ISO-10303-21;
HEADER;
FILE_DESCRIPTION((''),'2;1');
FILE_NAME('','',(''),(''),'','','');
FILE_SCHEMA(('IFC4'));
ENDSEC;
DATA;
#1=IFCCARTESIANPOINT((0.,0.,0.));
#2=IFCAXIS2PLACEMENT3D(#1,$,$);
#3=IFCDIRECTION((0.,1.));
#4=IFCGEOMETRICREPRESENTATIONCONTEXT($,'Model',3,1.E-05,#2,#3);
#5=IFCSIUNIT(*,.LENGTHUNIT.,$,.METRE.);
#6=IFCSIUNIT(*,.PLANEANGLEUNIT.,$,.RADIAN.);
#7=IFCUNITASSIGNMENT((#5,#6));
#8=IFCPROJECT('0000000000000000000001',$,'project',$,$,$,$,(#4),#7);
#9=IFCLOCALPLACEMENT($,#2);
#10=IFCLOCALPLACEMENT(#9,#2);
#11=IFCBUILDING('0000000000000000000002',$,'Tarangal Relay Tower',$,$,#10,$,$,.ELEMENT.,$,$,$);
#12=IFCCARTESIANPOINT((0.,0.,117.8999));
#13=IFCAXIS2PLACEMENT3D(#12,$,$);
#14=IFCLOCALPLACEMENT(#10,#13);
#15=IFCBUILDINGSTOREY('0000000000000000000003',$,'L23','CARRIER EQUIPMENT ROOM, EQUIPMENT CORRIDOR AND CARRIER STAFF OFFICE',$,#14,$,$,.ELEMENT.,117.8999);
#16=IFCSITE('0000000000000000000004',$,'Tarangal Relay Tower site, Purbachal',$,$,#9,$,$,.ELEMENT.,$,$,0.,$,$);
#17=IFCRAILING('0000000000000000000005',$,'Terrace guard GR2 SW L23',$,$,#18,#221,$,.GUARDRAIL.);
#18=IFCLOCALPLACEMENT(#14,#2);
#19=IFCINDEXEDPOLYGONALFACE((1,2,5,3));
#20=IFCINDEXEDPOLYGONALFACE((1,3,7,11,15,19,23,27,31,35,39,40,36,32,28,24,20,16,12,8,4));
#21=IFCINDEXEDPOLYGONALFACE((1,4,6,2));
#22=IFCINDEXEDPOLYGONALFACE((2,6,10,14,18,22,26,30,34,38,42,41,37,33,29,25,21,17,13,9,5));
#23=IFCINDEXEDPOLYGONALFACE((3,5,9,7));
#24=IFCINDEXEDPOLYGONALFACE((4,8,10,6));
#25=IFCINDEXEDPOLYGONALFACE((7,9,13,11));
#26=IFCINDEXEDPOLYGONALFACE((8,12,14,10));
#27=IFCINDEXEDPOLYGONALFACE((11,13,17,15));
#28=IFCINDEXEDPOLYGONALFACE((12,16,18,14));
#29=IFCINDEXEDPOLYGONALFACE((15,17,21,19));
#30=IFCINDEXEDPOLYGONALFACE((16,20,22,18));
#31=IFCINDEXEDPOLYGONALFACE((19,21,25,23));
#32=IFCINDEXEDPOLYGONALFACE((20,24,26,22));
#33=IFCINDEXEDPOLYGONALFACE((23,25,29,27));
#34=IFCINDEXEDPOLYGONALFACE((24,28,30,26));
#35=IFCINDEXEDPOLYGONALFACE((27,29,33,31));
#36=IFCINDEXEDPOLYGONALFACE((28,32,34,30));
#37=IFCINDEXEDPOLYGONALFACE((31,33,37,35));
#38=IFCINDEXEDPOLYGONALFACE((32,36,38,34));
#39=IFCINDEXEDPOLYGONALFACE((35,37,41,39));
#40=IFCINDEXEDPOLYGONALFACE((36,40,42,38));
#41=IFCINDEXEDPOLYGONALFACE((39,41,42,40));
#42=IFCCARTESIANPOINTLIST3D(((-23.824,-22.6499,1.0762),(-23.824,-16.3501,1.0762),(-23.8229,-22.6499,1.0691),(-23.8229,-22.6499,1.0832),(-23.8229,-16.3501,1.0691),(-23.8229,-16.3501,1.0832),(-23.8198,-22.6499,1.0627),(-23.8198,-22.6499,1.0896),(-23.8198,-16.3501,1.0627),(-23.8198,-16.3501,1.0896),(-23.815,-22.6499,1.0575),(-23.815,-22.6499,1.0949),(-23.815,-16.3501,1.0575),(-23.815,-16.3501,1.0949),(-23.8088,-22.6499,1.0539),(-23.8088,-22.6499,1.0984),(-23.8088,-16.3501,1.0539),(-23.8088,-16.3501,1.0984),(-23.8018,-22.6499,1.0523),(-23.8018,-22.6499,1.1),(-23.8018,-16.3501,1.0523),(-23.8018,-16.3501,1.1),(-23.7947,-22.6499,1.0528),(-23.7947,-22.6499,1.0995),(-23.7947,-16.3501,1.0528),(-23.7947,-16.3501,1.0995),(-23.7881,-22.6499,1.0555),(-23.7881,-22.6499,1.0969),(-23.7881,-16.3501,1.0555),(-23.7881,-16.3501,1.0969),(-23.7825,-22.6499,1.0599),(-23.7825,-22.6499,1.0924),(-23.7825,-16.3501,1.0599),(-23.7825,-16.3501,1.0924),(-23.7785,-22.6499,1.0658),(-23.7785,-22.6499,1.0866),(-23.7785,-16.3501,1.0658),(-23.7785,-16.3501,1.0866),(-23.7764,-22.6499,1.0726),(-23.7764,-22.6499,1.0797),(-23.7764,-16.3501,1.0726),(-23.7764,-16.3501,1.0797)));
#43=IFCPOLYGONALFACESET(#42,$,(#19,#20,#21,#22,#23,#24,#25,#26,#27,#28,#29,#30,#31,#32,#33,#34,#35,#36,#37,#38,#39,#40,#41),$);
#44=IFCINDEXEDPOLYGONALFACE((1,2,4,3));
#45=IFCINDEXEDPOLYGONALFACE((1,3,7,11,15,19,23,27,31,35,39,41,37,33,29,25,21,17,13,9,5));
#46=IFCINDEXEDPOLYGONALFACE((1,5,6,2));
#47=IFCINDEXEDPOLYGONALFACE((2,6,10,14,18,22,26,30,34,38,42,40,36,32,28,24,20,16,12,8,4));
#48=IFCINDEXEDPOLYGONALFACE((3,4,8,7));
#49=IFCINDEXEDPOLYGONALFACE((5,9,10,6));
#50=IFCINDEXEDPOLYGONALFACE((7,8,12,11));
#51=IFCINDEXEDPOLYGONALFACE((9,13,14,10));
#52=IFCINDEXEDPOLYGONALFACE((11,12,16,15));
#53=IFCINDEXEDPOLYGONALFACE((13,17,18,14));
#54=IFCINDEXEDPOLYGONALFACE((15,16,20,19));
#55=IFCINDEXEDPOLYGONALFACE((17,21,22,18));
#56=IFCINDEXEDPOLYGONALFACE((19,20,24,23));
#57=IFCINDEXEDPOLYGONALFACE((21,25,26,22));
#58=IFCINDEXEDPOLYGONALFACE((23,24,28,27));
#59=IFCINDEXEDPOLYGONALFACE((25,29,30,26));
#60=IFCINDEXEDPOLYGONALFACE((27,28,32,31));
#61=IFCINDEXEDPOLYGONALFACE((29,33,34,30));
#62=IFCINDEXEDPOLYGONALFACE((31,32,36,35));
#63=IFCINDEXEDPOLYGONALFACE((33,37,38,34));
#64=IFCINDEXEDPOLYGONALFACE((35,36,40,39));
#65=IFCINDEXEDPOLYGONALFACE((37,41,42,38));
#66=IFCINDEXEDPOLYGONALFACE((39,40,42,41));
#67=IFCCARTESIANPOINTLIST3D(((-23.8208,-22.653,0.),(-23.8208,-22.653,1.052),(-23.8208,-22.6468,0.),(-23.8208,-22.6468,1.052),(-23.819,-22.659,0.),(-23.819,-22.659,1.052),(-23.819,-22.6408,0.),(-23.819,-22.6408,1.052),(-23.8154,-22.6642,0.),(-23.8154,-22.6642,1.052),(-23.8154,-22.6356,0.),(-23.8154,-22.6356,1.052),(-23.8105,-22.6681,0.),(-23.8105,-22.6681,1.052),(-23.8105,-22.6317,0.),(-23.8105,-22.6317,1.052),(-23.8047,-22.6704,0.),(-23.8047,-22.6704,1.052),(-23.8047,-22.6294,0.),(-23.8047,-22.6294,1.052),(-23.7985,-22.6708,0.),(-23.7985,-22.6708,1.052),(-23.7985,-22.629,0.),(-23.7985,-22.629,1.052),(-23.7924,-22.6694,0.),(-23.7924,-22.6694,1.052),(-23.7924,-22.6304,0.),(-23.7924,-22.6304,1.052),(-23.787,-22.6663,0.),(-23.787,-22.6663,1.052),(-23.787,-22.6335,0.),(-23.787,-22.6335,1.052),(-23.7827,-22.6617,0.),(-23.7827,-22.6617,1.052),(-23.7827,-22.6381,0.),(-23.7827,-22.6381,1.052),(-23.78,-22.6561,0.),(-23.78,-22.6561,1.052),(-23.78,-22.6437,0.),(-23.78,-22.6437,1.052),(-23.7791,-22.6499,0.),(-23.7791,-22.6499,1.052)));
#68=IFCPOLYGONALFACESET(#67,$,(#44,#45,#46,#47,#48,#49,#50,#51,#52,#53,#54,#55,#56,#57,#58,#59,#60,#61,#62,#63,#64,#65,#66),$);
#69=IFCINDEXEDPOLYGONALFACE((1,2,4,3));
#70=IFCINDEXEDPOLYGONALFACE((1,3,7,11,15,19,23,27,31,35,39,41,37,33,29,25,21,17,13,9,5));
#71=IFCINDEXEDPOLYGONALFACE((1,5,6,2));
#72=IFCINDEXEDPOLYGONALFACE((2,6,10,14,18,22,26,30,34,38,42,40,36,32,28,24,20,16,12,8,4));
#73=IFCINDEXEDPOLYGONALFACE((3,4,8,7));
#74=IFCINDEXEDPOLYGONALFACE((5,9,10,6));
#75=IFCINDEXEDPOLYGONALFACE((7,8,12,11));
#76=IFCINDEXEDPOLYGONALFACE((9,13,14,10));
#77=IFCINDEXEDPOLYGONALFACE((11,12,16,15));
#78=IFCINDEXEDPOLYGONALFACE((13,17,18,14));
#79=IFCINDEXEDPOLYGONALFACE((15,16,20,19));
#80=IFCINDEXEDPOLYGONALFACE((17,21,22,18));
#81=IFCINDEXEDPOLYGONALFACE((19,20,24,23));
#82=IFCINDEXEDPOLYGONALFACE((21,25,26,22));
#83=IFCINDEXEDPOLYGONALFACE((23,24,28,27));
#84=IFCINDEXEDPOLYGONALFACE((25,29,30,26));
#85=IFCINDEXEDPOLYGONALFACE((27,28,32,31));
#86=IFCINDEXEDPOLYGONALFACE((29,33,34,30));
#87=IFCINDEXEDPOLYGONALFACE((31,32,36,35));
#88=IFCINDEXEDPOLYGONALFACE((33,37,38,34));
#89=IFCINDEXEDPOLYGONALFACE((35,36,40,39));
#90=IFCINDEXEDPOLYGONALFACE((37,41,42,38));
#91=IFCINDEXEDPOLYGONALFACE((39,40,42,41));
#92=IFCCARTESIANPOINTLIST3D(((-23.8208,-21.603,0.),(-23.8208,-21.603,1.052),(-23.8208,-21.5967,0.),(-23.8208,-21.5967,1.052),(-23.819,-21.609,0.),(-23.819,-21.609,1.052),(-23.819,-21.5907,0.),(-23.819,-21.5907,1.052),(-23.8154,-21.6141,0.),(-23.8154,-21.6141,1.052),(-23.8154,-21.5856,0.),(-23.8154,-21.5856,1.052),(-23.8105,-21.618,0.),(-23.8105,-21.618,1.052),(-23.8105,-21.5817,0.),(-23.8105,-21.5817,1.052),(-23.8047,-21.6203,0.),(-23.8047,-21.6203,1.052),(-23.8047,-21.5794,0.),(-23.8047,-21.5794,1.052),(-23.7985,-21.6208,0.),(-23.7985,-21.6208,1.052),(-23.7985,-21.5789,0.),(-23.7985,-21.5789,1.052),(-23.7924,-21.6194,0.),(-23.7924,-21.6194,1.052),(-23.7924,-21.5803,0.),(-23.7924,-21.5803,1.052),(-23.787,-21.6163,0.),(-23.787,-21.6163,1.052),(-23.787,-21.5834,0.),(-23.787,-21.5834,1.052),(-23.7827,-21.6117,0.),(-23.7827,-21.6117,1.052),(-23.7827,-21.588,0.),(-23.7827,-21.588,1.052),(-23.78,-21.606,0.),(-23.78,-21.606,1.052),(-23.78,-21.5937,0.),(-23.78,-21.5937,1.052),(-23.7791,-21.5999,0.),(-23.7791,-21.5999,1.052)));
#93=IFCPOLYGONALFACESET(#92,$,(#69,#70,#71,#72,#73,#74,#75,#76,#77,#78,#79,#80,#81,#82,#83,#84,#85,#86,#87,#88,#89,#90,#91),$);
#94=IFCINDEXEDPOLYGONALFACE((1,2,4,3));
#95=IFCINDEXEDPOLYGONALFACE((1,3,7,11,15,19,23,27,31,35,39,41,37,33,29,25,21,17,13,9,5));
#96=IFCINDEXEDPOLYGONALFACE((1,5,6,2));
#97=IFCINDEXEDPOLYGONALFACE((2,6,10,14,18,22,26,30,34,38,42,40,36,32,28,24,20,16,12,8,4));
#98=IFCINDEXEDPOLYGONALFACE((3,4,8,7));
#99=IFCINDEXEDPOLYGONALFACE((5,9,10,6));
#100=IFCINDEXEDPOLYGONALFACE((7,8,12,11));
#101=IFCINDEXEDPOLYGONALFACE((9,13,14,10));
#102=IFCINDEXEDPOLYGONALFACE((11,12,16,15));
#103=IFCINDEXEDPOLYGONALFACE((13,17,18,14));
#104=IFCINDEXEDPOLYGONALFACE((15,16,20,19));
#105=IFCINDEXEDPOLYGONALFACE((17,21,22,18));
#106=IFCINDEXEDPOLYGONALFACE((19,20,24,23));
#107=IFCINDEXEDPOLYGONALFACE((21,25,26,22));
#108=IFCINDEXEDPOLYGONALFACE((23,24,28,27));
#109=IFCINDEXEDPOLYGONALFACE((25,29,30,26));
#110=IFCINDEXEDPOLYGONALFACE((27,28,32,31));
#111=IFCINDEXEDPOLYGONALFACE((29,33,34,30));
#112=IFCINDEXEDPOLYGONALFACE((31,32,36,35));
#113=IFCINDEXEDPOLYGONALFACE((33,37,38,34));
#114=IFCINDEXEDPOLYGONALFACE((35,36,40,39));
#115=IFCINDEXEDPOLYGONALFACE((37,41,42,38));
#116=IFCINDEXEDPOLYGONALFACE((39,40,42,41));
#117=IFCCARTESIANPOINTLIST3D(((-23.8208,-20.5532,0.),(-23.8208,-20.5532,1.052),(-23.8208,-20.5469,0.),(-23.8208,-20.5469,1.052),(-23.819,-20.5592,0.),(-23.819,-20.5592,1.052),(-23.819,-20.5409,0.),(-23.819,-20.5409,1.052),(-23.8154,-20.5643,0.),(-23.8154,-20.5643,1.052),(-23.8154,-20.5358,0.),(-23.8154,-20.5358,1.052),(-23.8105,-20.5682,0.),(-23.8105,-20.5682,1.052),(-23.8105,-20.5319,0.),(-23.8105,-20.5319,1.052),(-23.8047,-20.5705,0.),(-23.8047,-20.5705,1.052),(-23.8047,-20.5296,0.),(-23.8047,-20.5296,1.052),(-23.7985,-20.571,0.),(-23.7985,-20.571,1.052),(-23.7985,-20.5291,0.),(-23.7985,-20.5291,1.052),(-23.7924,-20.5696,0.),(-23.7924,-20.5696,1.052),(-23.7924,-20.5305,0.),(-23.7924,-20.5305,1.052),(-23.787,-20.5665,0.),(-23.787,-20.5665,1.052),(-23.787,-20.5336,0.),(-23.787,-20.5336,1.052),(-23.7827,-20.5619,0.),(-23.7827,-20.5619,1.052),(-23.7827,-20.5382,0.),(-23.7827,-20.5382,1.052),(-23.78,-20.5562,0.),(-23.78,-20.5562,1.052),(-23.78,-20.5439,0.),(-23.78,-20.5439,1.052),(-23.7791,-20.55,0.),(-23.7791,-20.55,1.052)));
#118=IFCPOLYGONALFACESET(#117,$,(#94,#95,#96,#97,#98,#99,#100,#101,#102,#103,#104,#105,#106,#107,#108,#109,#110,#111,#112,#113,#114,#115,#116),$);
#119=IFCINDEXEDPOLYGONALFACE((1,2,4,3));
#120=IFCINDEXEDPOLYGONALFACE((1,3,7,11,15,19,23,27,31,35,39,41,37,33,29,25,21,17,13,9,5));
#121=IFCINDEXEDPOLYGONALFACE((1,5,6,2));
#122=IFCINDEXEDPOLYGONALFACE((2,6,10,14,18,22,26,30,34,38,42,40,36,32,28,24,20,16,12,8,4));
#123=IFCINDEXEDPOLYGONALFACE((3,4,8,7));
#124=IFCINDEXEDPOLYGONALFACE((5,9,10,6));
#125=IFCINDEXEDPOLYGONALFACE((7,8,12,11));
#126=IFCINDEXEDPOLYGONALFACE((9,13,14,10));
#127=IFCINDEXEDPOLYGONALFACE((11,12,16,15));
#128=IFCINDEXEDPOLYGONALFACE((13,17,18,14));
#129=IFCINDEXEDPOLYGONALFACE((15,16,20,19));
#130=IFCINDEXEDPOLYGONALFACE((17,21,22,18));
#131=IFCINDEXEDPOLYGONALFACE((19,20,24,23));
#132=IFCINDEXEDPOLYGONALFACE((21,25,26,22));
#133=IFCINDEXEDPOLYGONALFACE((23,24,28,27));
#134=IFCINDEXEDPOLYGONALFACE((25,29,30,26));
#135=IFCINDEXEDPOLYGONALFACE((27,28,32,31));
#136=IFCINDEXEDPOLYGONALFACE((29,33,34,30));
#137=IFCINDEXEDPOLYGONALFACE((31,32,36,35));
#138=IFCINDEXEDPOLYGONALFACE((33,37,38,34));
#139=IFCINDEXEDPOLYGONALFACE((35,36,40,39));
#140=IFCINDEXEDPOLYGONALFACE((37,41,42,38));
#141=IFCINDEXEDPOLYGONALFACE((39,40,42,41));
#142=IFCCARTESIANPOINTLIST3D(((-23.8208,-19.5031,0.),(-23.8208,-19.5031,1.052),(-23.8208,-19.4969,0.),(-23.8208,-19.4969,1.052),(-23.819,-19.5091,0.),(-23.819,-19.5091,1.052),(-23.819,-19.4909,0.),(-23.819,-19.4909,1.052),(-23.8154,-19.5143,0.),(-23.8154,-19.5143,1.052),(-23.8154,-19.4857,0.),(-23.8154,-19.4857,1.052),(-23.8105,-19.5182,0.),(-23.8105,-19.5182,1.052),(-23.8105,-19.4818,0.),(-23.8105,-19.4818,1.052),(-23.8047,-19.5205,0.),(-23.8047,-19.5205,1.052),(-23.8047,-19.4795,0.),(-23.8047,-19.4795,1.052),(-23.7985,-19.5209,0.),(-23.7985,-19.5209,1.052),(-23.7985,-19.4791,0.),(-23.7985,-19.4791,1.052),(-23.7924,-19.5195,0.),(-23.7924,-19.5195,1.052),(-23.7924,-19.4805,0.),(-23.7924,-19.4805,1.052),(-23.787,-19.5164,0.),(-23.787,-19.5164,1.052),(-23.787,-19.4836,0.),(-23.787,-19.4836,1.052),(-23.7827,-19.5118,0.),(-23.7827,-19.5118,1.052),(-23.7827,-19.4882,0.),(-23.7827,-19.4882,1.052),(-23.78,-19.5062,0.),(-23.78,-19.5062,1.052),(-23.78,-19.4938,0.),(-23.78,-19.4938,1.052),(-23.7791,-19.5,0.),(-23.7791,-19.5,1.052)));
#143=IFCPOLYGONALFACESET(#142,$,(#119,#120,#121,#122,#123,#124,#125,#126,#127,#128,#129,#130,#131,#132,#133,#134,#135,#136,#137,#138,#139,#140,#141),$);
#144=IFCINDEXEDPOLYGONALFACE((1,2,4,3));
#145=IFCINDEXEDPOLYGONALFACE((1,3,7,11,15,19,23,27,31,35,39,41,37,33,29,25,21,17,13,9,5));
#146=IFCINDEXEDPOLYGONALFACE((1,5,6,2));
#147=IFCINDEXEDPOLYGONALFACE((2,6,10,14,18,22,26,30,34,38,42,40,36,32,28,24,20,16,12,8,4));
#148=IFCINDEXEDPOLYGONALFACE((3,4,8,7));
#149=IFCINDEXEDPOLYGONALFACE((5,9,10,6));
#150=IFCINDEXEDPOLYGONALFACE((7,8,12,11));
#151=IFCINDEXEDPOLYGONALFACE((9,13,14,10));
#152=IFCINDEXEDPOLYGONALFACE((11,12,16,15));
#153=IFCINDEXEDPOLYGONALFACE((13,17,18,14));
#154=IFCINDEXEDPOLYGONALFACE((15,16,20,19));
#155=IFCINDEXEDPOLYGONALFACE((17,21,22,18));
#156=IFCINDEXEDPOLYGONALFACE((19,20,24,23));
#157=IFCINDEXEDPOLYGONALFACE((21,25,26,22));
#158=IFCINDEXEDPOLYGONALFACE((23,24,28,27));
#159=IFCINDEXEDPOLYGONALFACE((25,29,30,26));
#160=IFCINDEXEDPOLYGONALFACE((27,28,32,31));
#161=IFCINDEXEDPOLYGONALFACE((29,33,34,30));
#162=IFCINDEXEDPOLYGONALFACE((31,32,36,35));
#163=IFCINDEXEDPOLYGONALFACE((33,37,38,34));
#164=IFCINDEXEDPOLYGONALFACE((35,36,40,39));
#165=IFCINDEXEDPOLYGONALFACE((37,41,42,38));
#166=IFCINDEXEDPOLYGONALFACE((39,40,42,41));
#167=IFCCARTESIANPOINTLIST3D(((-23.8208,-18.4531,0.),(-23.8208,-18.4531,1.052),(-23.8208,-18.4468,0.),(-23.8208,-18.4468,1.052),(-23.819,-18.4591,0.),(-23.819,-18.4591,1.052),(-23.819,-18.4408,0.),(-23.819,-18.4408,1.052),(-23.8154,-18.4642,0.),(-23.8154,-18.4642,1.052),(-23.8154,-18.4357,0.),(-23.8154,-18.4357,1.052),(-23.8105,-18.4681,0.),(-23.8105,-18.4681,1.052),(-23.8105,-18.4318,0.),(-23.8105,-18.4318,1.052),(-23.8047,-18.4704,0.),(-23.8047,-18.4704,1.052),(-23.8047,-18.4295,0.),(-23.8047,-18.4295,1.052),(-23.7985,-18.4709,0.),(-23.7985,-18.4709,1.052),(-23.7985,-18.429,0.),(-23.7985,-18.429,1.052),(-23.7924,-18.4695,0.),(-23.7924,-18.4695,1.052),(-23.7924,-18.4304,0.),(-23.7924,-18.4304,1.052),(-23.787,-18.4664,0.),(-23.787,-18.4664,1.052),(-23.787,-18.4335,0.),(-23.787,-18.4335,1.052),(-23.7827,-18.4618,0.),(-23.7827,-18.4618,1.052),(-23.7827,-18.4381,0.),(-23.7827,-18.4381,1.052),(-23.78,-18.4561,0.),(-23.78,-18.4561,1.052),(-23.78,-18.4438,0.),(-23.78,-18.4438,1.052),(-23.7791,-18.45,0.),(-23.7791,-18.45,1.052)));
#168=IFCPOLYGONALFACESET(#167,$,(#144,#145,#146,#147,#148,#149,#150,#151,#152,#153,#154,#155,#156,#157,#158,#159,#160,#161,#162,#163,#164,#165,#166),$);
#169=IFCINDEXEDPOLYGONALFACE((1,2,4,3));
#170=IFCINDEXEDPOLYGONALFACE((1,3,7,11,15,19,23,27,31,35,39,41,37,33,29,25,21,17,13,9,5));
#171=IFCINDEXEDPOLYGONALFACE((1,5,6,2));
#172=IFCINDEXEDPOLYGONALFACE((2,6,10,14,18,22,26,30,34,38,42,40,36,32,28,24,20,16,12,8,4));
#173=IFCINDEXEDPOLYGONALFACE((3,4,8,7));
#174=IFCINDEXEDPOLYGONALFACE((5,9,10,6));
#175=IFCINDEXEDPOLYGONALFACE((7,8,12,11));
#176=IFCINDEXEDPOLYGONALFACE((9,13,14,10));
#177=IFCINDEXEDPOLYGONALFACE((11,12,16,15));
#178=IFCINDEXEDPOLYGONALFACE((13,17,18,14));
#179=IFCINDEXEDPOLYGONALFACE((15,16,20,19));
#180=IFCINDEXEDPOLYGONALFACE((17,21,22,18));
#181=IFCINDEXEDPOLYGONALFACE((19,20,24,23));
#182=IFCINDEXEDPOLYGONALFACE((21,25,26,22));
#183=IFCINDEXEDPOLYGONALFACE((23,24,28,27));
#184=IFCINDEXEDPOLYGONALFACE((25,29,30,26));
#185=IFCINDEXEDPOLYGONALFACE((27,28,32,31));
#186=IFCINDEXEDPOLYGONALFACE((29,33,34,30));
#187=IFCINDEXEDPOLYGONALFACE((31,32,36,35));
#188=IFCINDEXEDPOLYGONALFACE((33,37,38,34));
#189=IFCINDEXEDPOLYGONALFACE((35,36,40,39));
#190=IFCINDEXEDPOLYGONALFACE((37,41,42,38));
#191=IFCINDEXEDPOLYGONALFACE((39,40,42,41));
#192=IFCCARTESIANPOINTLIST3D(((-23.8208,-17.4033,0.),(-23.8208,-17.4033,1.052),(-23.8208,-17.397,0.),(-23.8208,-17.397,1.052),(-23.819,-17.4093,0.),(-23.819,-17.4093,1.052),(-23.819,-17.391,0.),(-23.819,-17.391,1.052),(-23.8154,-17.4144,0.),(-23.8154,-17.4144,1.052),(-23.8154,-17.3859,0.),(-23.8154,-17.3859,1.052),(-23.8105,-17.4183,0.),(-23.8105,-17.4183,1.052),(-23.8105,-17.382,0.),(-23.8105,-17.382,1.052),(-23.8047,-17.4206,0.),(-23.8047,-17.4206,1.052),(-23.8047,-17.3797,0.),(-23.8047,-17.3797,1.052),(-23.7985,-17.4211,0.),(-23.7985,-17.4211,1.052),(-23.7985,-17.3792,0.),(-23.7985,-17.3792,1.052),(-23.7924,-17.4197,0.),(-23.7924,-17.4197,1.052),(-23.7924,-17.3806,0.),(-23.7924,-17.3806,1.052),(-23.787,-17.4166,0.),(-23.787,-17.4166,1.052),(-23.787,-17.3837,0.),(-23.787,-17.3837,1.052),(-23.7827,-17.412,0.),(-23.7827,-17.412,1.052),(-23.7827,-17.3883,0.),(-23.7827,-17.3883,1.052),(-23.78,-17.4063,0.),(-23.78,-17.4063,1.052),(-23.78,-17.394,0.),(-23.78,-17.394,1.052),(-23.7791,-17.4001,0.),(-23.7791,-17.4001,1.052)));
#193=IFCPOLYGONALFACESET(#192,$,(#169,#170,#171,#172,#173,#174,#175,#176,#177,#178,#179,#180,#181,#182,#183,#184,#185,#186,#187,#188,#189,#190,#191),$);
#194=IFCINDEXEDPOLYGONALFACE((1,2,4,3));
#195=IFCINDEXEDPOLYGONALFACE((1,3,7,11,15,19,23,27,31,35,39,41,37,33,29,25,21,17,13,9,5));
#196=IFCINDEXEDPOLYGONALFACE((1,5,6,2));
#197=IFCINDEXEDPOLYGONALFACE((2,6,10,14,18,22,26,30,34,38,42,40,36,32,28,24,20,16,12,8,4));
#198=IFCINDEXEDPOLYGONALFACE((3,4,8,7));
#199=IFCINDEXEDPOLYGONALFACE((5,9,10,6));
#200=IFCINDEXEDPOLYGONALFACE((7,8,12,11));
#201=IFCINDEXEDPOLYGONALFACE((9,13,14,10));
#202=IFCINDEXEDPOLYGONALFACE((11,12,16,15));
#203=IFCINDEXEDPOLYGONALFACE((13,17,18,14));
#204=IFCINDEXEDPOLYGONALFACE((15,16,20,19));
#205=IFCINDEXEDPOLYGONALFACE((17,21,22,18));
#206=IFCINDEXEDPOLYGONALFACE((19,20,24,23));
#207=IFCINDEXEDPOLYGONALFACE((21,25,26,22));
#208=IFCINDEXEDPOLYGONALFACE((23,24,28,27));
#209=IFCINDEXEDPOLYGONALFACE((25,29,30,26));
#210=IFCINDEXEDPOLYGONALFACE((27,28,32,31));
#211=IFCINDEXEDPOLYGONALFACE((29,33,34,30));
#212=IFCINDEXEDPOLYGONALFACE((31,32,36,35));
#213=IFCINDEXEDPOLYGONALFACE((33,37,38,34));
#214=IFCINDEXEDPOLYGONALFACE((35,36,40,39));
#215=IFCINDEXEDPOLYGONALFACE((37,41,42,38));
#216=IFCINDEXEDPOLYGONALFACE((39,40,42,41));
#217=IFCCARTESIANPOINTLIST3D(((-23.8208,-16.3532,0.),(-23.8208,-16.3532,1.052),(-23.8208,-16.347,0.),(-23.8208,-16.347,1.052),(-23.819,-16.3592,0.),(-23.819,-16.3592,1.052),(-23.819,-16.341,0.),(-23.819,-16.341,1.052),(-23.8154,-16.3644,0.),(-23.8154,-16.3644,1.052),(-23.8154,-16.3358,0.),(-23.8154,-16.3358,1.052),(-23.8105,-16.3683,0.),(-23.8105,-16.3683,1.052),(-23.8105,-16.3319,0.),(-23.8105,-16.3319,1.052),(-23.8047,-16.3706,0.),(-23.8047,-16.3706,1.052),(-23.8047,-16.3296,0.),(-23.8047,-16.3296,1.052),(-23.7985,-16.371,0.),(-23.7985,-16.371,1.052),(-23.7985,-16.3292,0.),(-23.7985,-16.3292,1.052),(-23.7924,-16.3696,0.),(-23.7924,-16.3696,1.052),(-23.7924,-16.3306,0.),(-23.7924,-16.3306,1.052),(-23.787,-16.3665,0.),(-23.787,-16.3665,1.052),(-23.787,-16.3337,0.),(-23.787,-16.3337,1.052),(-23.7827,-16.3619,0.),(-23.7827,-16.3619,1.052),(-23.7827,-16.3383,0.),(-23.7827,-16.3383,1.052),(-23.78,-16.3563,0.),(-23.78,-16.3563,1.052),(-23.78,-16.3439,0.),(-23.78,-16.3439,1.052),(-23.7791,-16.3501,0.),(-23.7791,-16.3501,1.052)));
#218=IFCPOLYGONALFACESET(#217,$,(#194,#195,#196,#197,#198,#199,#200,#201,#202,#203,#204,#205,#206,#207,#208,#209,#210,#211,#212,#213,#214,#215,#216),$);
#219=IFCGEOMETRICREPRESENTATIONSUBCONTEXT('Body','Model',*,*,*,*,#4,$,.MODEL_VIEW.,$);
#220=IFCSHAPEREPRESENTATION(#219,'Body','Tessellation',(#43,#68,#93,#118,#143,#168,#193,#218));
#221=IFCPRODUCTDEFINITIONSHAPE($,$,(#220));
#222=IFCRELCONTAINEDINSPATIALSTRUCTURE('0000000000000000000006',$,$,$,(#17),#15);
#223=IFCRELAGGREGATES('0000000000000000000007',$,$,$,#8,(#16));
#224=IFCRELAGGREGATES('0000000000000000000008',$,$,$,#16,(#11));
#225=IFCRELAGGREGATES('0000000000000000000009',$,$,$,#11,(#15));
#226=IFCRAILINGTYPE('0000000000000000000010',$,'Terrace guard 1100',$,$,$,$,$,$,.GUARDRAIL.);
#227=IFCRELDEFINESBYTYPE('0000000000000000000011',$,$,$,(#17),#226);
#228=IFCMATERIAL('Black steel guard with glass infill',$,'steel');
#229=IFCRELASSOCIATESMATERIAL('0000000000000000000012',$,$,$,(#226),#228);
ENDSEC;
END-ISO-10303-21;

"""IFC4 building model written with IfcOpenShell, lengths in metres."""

from ifc_helpers import new_model, si_unit, direction, frame, origin, origin_2d, place, context, subcontext, project, spatial, circle, extrude, material, type_object, element, save


model = new_model("IFC4")

# Units and contexts
model_context = context("Model", 3, precision=1e-05, world=origin(), true_north=direction((0.0, 1.0)))
body_context = subcontext(model_context, "Body", "Model", "MODEL_VIEW")
ifc_project = project(units=[si_unit("LENGTHUNIT", "METRE"), si_unit("PLANEANGLEUNIT", "RADIAN")], contexts=[model_context])

# Site, building, storey
site_placement = place(None, origin())
site = spatial("IfcSite", under=ifc_project, at=site_placement, Name="Tarangal Relay Tower site, Purbachal", CompositionType="ELEMENT", RefElevation=0.0)
building_placement = place(site_placement, origin())
building = spatial("IfcBuilding", under=site, at=building_placement, Name="Tarangal Relay Tower", CompositionType="ELEMENT")
storey_placement = place(building_placement, frame((0.0, 0.0, 117.8999)))
storey = spatial("IfcBuildingStorey", under=building, at=storey_placement, Name="L23", Description="CARRIER EQUIPMENT ROOM, EQUIPMENT CORRIDOR AND CARRIER STAFF OFFICE", CompositionType="ELEMENT", Elevation=117.8999)

# Railing
ifc_material_1 = material(Name="Black steel guard with glass infill", Category="steel")
railing_type = type_object("IfcRailingType", Name="Terrace guard 1100", PredefinedType="GUARDRAIL", material=ifc_material_1)
railing_1_placement = place(storey_placement, frame((-23.8, -22.6499, 0.0)))
element("IfcRailing", 1, at=railing_1_placement, inside=storey, type_object=railing_type, Name="Terrace guard GR2 SW L23", PredefinedType="GUARDRAIL", context=body_context, shape_type="SweptSolid", body=[
    extrude(circle(Radius=0.0239, at=origin_2d()), frame((0.0, 0.0, 1.0762), z_axis=(0.0, 1.0, 0.0), x_axis=(-1.0, 0.0, 0.0)), (0.0, 0.0, 1.0), 6.2998),
    extrude(circle(Radius=0.021, at=origin_2d()), origin(), (0.0, 0.0, 1.0), 1.052),
    extrude(circle(Radius=0.021, at=origin_2d()), frame((0.0, 1.05, 0.0)), (0.0, 0.0, 1.0), 1.052),
    extrude(circle(Radius=0.021, at=origin_2d()), frame((0.0, 2.0999, 0.0)), (0.0, 0.0, 1.0), 1.052),
    extrude(circle(Radius=0.021, at=origin_2d()), frame((0.0, 3.1499, 0.0)), (0.0, 0.0, 1.0), 1.052),
    extrude(circle(Radius=0.021, at=origin_2d()), frame((0.0, 4.2, 0.0)), (0.0, 0.0, 1.0), 1.052),
    extrude(circle(Radius=0.021, at=origin_2d()), frame((0.0, 5.2498, 0.0)), (0.0, 0.0, 1.0), 1.052),
    extrude(circle(Radius=0.021, at=origin_2d()), frame((0.0, 6.2998, 0.0)), (0.0, 0.0, 1.0), 1.052),
])

save(model, "model.ifc")
